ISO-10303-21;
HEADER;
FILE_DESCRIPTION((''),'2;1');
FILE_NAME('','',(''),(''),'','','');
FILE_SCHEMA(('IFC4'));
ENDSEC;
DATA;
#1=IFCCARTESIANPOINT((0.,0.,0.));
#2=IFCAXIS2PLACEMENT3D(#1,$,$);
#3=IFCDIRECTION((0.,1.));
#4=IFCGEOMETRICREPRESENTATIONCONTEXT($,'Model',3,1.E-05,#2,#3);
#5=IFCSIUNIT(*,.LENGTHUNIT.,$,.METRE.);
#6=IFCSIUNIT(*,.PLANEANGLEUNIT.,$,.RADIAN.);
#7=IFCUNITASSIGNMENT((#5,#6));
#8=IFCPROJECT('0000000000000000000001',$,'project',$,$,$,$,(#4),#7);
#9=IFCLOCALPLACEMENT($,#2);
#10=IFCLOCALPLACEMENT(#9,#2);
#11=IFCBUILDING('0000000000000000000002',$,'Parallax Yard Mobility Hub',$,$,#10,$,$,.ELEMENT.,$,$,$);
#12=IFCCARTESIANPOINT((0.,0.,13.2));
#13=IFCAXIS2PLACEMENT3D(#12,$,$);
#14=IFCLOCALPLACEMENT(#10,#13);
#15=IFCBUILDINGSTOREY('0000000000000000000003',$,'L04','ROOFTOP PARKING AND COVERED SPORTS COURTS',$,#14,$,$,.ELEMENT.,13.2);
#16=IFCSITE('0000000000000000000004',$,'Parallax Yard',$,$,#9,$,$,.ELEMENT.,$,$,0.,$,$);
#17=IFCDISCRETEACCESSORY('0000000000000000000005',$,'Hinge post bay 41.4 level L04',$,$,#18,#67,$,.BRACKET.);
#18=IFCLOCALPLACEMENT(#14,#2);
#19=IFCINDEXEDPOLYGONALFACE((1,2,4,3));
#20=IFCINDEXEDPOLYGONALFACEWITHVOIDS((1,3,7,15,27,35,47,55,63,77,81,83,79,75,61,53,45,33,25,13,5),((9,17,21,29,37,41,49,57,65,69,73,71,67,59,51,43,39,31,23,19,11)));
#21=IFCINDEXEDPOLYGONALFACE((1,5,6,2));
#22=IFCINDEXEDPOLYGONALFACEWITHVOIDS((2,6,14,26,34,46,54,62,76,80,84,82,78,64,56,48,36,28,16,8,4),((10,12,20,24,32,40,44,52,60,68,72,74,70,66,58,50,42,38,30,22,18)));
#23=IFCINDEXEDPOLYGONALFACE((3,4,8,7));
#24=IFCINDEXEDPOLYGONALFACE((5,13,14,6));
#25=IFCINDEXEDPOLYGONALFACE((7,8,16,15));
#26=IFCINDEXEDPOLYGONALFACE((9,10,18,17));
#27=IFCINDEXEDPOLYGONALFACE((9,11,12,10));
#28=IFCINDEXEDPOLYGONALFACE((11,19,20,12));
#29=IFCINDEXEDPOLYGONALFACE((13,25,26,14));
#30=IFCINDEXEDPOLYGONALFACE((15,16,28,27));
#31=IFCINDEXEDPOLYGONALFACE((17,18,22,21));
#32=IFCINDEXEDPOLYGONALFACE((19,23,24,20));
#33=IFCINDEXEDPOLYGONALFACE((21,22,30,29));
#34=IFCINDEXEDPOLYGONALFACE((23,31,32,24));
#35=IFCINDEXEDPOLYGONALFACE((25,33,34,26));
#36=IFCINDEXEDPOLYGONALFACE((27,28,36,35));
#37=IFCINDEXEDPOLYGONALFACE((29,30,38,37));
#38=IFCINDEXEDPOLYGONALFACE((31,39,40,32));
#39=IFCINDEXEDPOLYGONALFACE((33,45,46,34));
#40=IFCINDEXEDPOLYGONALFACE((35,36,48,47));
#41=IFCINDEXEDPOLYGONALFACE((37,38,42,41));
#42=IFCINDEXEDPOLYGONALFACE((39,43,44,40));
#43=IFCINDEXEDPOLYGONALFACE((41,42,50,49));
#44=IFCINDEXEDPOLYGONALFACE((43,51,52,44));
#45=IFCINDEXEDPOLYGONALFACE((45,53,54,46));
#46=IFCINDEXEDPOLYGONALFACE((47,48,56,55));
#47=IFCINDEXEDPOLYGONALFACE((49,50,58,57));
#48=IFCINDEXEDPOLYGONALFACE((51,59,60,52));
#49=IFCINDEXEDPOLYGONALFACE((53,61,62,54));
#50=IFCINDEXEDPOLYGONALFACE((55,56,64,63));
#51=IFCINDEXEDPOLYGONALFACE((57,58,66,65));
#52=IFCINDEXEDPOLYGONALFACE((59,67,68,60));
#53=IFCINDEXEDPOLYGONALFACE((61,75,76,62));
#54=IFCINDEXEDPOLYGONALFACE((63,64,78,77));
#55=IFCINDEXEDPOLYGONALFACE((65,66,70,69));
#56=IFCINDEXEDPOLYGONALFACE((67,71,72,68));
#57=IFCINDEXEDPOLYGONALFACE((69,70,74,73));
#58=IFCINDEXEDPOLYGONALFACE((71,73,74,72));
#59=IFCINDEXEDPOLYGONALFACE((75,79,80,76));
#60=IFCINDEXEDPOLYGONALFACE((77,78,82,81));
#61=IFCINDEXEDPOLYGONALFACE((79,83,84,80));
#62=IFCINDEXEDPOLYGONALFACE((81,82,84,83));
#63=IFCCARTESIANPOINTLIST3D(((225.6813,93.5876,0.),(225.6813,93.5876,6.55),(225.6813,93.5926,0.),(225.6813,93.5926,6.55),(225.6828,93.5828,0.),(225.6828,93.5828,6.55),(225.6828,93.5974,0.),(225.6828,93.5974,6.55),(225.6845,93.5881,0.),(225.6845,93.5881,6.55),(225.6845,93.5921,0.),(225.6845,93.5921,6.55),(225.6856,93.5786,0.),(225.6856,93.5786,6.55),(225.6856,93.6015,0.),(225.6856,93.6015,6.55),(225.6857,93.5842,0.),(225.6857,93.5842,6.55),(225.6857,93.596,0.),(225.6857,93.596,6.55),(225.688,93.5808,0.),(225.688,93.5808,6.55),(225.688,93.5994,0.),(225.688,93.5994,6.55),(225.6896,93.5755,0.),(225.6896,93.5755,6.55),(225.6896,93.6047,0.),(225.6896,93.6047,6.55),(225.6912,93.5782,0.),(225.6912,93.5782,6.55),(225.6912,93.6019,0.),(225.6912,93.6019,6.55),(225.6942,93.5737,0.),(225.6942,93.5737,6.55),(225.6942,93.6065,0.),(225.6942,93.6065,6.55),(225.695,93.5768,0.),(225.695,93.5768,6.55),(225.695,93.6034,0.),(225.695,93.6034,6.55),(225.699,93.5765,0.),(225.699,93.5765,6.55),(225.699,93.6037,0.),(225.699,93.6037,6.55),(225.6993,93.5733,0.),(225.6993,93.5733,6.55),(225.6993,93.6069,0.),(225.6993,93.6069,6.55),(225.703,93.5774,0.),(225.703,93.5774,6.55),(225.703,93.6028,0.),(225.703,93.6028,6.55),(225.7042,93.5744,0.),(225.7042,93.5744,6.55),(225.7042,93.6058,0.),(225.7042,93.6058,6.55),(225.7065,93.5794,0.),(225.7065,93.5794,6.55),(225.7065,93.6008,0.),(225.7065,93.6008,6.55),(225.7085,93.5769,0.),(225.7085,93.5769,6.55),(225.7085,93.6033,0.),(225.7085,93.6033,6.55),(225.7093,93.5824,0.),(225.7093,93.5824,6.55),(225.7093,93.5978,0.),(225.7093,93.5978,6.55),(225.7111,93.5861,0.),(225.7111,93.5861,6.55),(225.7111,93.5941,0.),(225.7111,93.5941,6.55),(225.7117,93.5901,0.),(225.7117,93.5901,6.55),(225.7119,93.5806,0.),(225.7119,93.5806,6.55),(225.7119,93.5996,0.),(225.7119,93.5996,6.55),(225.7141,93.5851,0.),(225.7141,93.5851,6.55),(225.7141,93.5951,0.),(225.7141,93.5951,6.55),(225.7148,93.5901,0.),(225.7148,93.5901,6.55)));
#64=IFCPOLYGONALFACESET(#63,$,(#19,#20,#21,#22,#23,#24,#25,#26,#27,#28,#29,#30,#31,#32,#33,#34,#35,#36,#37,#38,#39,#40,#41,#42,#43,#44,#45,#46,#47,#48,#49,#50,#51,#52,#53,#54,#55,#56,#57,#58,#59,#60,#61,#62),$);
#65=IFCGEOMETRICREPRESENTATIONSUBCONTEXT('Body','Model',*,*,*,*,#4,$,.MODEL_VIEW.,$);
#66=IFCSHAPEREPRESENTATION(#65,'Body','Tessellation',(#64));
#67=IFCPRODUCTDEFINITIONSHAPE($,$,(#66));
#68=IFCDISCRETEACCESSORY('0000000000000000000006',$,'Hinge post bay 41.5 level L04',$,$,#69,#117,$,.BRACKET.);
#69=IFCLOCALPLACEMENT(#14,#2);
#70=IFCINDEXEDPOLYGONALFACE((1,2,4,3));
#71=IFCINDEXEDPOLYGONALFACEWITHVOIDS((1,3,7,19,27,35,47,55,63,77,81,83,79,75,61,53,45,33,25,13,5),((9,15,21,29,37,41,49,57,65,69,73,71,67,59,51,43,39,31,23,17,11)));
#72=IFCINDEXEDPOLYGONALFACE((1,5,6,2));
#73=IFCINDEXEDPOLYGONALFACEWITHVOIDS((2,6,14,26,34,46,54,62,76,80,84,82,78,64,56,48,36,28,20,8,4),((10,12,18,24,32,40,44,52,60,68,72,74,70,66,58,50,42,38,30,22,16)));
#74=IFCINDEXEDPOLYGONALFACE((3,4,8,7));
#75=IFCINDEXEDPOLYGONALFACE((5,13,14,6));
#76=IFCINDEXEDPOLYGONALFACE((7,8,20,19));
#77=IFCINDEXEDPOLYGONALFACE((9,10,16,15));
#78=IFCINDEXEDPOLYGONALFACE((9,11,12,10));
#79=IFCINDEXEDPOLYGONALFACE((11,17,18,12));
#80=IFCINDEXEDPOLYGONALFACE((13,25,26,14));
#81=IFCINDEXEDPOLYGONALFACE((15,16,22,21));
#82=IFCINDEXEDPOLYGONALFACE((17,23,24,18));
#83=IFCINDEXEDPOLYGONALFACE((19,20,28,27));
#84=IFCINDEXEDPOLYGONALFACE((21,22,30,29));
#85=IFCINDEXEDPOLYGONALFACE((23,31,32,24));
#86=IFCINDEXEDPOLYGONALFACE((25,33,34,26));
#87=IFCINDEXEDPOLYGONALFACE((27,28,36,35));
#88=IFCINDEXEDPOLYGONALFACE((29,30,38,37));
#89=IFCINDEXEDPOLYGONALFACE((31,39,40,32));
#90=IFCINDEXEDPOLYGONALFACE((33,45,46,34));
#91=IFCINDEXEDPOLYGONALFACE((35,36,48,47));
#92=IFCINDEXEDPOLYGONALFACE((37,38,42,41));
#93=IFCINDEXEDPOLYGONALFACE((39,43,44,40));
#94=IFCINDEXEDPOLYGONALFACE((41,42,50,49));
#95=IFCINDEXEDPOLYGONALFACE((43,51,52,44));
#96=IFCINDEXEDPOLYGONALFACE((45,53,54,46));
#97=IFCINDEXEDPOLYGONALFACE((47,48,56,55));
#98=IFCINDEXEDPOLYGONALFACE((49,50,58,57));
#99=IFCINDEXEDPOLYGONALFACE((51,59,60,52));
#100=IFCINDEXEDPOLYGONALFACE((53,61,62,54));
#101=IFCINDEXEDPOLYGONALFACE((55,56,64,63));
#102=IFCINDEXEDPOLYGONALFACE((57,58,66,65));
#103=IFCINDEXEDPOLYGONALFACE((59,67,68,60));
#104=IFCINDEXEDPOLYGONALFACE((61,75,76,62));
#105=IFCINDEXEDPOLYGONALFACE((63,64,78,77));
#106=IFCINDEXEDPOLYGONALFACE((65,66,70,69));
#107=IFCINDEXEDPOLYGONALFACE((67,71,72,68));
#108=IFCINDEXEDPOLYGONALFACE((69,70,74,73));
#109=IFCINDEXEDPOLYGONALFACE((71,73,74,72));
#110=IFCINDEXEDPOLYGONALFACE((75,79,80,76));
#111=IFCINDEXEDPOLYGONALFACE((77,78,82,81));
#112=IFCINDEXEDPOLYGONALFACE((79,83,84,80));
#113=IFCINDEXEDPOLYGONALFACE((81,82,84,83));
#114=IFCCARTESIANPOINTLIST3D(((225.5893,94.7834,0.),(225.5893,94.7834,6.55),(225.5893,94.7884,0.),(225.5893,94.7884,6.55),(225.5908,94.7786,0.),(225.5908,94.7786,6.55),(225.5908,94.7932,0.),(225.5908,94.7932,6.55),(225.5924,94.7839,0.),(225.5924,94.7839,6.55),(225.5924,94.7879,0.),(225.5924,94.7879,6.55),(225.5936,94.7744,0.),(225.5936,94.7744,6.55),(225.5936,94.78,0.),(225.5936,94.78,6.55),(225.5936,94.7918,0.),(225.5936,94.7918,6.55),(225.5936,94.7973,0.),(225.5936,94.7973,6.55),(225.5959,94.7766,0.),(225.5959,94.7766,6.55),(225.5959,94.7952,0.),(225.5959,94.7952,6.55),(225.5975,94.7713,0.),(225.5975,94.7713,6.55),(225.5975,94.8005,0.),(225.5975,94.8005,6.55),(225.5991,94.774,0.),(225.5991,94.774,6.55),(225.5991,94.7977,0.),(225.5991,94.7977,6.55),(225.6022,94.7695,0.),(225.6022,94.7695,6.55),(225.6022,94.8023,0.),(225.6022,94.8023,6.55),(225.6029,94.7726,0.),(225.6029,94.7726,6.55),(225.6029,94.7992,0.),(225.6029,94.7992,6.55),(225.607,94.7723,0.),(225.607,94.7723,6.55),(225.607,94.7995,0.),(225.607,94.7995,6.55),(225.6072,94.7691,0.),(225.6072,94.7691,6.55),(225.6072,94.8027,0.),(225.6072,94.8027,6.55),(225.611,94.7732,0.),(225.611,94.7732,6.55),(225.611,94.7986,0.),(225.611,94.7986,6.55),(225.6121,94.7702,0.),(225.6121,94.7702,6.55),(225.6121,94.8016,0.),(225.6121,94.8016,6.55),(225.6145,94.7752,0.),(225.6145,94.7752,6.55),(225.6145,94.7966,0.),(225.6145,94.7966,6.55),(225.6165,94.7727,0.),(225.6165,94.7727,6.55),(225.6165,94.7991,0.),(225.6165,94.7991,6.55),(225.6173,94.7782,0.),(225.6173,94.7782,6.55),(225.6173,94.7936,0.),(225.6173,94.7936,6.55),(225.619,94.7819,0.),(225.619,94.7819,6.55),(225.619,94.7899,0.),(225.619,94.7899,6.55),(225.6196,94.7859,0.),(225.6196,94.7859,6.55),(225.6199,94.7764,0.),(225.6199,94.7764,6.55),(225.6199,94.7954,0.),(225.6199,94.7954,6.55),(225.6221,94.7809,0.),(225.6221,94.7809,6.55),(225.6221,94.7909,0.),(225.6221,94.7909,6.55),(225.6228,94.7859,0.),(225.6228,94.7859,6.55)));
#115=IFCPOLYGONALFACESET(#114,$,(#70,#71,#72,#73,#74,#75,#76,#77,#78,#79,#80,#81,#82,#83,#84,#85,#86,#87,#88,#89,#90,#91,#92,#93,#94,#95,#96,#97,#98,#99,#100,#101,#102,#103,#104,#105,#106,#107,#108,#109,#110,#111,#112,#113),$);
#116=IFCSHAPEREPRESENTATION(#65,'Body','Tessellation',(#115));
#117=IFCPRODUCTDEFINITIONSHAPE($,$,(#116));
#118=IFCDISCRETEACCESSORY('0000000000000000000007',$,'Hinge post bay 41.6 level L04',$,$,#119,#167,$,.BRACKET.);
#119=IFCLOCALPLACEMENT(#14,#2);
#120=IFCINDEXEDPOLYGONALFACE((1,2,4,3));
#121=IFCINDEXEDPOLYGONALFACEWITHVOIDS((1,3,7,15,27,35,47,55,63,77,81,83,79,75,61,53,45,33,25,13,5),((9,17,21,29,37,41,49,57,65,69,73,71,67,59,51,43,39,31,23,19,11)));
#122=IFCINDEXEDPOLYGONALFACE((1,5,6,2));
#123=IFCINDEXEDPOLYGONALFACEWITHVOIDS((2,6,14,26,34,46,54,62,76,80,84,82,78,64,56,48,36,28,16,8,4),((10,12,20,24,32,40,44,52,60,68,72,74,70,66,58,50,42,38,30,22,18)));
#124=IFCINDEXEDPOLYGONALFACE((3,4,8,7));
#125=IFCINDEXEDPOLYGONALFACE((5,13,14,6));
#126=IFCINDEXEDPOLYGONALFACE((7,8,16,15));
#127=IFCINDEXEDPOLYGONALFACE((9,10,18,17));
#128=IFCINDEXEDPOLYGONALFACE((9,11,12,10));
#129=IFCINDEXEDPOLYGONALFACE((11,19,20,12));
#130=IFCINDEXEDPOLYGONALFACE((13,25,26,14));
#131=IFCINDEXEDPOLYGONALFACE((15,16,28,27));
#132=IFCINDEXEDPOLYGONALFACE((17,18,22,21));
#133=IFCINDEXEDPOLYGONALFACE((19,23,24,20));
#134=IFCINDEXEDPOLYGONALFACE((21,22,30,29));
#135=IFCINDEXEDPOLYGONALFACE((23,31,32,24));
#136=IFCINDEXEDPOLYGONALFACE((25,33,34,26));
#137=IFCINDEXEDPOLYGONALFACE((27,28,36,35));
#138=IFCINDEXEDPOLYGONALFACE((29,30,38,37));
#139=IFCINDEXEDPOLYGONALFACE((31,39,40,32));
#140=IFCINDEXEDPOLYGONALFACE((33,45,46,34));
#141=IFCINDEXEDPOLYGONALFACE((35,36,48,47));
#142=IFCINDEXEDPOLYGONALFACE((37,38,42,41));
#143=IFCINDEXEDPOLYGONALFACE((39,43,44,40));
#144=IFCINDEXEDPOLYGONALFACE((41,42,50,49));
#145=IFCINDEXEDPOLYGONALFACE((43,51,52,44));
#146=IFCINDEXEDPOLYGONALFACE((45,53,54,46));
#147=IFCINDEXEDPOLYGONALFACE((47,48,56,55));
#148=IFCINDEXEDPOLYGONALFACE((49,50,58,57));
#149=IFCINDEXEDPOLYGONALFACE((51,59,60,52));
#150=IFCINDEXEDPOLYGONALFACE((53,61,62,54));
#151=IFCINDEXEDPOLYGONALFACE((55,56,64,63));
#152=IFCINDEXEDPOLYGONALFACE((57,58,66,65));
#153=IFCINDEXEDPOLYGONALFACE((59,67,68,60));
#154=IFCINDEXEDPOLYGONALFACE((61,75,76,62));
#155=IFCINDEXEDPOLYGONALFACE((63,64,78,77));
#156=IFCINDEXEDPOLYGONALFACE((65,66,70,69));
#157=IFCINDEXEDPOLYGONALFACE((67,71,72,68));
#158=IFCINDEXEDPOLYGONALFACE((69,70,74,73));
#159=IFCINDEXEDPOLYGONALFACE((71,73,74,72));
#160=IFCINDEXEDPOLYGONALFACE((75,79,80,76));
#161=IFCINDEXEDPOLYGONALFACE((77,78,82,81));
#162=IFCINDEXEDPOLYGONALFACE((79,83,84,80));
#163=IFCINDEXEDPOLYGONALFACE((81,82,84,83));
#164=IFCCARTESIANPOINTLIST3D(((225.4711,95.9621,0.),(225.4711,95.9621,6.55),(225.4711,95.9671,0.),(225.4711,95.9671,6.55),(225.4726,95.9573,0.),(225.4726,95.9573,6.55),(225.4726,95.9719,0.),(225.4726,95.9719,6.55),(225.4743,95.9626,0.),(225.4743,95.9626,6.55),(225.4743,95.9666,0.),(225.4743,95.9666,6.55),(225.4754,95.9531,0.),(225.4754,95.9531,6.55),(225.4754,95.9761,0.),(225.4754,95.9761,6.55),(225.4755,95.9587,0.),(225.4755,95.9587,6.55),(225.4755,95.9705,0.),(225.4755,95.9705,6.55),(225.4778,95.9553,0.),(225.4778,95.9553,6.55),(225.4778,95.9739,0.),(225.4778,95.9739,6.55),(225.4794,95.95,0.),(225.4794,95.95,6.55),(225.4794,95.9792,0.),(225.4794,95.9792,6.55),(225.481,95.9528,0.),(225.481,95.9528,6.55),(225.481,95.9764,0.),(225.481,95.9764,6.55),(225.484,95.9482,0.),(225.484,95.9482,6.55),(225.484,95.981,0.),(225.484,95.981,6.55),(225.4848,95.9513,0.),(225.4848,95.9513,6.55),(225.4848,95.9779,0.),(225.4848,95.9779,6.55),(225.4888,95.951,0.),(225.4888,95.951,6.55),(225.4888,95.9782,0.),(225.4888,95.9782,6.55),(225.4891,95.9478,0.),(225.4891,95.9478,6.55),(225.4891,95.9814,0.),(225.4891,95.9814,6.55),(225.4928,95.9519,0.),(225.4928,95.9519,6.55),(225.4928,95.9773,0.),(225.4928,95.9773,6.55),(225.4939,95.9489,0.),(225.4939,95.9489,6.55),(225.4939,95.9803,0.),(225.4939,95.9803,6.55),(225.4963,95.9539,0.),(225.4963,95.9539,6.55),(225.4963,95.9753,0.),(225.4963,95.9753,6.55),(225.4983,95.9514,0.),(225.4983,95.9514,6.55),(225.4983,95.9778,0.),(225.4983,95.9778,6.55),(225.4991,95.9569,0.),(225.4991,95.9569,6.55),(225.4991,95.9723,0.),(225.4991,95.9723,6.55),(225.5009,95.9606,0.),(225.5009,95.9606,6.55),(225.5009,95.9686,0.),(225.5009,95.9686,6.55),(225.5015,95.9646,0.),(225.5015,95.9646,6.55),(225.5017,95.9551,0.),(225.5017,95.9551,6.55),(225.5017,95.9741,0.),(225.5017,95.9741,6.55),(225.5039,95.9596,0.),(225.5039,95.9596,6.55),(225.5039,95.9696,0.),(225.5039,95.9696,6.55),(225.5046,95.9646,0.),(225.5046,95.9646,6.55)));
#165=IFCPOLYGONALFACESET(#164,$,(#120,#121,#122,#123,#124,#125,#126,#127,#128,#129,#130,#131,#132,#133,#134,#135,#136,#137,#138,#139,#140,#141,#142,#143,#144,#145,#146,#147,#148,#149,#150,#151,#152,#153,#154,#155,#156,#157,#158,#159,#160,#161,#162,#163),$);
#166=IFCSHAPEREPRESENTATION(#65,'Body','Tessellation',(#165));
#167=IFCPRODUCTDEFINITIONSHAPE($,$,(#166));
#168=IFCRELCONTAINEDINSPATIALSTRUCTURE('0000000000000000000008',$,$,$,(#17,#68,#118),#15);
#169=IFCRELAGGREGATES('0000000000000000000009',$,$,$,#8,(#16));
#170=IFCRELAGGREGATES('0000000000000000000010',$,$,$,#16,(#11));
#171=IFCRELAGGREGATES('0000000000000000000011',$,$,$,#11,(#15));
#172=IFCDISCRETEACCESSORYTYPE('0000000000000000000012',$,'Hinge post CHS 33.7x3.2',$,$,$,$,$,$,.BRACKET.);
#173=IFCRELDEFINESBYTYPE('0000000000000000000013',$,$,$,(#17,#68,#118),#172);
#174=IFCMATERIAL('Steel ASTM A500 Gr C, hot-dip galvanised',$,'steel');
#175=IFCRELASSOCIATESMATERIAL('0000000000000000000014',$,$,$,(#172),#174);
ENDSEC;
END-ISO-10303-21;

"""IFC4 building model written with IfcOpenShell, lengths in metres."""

from ifc_helpers import new_model, si_unit, direction, frame, origin, origin_2d, place, context, subcontext, project, spatial, hollow_circle, extrude, material, material_profile, profile_set, type_object, element, save


model = new_model("IFC4")

# Units and contexts
model_context = context("Model", 3, precision=1e-05, world=origin(), true_north=direction((0.0, 1.0)))
body_context = subcontext(model_context, "Body", "Model", "MODEL_VIEW")
ifc_project = project(units=[si_unit("LENGTHUNIT", "METRE"), si_unit("PLANEANGLEUNIT", "RADIAN")], contexts=[model_context])

# Site, building, storey
site_placement = place(None, origin())
site = spatial("IfcSite", under=ifc_project, at=site_placement, Name="Parallax Yard", CompositionType="ELEMENT", RefElevation=0.0)
building_placement = place(site_placement, origin())
building = spatial("IfcBuilding", under=site, at=building_placement, Name="Parallax Yard Mobility Hub", CompositionType="ELEMENT")
storey_placement = place(building_placement, frame((0.0, 0.0, 13.2)))
storey = spatial("IfcBuildingStorey", under=building, at=storey_placement, Name="L04", Description="ROOFTOP PARKING AND COVERED SPORTS COURTS", CompositionType="ELEMENT", Elevation=13.2)

# Discrete accessories
ifc_material_1 = material(Name="Steel ASTM A500 Gr C, hot-dip galvanised", Category="steel")
ifc_material_profile_1 = material_profile(ifc_material_1, hollow_circle(Radius=0.0168, WallThickness=0.0032, at=origin_2d()), Name="CHS 33.7x3.2")
ifc_profile_set_1 = profile_set([ifc_material_profile_1], Name="Steel ASTM A500 Gr C, hot-dip galvanised")
discrete_accessory_type_1 = type_object("IfcDiscreteAccessoryType", Name="Hinge post CHS 33.7x3.2", PredefinedType="BRACKET", material=ifc_profile_set_1)
for number, where, z_axis, x_axis, name in (
    (1, (225.698, 93.5901, 0.0), (0.0, 0.0, 1.0), (1.0, 0.0, 0.0), "Hinge post bay 41.4 level L04"),
    (2, (225.606, 94.7859, 0.0), (0.0, 0.0, 1.0), (1.0, 0.0, 0.0), "Hinge post bay 41.5 level L04"),
    (3, (225.4878, 95.9646, 0.0), (0.0, 0.0, 1.0), (1.0, 0.0, 0.0), "Hinge post bay 41.6 level L04"),
):
    element("IfcDiscreteAccessory", number, at=place(storey_placement, frame(where, z_axis=z_axis, x_axis=x_axis)), inside=storey, type_object=discrete_accessory_type_1, Name=name, PredefinedType="BRACKET", context=body_context, shape_type="SweptSolid", body=[
        extrude(hollow_circle(Radius=0.0168, WallThickness=0.0032, at=origin_2d()), origin(), (0.0, 0.0, 1.0), 6.55),
    ])

save(model, "model.ifc")
